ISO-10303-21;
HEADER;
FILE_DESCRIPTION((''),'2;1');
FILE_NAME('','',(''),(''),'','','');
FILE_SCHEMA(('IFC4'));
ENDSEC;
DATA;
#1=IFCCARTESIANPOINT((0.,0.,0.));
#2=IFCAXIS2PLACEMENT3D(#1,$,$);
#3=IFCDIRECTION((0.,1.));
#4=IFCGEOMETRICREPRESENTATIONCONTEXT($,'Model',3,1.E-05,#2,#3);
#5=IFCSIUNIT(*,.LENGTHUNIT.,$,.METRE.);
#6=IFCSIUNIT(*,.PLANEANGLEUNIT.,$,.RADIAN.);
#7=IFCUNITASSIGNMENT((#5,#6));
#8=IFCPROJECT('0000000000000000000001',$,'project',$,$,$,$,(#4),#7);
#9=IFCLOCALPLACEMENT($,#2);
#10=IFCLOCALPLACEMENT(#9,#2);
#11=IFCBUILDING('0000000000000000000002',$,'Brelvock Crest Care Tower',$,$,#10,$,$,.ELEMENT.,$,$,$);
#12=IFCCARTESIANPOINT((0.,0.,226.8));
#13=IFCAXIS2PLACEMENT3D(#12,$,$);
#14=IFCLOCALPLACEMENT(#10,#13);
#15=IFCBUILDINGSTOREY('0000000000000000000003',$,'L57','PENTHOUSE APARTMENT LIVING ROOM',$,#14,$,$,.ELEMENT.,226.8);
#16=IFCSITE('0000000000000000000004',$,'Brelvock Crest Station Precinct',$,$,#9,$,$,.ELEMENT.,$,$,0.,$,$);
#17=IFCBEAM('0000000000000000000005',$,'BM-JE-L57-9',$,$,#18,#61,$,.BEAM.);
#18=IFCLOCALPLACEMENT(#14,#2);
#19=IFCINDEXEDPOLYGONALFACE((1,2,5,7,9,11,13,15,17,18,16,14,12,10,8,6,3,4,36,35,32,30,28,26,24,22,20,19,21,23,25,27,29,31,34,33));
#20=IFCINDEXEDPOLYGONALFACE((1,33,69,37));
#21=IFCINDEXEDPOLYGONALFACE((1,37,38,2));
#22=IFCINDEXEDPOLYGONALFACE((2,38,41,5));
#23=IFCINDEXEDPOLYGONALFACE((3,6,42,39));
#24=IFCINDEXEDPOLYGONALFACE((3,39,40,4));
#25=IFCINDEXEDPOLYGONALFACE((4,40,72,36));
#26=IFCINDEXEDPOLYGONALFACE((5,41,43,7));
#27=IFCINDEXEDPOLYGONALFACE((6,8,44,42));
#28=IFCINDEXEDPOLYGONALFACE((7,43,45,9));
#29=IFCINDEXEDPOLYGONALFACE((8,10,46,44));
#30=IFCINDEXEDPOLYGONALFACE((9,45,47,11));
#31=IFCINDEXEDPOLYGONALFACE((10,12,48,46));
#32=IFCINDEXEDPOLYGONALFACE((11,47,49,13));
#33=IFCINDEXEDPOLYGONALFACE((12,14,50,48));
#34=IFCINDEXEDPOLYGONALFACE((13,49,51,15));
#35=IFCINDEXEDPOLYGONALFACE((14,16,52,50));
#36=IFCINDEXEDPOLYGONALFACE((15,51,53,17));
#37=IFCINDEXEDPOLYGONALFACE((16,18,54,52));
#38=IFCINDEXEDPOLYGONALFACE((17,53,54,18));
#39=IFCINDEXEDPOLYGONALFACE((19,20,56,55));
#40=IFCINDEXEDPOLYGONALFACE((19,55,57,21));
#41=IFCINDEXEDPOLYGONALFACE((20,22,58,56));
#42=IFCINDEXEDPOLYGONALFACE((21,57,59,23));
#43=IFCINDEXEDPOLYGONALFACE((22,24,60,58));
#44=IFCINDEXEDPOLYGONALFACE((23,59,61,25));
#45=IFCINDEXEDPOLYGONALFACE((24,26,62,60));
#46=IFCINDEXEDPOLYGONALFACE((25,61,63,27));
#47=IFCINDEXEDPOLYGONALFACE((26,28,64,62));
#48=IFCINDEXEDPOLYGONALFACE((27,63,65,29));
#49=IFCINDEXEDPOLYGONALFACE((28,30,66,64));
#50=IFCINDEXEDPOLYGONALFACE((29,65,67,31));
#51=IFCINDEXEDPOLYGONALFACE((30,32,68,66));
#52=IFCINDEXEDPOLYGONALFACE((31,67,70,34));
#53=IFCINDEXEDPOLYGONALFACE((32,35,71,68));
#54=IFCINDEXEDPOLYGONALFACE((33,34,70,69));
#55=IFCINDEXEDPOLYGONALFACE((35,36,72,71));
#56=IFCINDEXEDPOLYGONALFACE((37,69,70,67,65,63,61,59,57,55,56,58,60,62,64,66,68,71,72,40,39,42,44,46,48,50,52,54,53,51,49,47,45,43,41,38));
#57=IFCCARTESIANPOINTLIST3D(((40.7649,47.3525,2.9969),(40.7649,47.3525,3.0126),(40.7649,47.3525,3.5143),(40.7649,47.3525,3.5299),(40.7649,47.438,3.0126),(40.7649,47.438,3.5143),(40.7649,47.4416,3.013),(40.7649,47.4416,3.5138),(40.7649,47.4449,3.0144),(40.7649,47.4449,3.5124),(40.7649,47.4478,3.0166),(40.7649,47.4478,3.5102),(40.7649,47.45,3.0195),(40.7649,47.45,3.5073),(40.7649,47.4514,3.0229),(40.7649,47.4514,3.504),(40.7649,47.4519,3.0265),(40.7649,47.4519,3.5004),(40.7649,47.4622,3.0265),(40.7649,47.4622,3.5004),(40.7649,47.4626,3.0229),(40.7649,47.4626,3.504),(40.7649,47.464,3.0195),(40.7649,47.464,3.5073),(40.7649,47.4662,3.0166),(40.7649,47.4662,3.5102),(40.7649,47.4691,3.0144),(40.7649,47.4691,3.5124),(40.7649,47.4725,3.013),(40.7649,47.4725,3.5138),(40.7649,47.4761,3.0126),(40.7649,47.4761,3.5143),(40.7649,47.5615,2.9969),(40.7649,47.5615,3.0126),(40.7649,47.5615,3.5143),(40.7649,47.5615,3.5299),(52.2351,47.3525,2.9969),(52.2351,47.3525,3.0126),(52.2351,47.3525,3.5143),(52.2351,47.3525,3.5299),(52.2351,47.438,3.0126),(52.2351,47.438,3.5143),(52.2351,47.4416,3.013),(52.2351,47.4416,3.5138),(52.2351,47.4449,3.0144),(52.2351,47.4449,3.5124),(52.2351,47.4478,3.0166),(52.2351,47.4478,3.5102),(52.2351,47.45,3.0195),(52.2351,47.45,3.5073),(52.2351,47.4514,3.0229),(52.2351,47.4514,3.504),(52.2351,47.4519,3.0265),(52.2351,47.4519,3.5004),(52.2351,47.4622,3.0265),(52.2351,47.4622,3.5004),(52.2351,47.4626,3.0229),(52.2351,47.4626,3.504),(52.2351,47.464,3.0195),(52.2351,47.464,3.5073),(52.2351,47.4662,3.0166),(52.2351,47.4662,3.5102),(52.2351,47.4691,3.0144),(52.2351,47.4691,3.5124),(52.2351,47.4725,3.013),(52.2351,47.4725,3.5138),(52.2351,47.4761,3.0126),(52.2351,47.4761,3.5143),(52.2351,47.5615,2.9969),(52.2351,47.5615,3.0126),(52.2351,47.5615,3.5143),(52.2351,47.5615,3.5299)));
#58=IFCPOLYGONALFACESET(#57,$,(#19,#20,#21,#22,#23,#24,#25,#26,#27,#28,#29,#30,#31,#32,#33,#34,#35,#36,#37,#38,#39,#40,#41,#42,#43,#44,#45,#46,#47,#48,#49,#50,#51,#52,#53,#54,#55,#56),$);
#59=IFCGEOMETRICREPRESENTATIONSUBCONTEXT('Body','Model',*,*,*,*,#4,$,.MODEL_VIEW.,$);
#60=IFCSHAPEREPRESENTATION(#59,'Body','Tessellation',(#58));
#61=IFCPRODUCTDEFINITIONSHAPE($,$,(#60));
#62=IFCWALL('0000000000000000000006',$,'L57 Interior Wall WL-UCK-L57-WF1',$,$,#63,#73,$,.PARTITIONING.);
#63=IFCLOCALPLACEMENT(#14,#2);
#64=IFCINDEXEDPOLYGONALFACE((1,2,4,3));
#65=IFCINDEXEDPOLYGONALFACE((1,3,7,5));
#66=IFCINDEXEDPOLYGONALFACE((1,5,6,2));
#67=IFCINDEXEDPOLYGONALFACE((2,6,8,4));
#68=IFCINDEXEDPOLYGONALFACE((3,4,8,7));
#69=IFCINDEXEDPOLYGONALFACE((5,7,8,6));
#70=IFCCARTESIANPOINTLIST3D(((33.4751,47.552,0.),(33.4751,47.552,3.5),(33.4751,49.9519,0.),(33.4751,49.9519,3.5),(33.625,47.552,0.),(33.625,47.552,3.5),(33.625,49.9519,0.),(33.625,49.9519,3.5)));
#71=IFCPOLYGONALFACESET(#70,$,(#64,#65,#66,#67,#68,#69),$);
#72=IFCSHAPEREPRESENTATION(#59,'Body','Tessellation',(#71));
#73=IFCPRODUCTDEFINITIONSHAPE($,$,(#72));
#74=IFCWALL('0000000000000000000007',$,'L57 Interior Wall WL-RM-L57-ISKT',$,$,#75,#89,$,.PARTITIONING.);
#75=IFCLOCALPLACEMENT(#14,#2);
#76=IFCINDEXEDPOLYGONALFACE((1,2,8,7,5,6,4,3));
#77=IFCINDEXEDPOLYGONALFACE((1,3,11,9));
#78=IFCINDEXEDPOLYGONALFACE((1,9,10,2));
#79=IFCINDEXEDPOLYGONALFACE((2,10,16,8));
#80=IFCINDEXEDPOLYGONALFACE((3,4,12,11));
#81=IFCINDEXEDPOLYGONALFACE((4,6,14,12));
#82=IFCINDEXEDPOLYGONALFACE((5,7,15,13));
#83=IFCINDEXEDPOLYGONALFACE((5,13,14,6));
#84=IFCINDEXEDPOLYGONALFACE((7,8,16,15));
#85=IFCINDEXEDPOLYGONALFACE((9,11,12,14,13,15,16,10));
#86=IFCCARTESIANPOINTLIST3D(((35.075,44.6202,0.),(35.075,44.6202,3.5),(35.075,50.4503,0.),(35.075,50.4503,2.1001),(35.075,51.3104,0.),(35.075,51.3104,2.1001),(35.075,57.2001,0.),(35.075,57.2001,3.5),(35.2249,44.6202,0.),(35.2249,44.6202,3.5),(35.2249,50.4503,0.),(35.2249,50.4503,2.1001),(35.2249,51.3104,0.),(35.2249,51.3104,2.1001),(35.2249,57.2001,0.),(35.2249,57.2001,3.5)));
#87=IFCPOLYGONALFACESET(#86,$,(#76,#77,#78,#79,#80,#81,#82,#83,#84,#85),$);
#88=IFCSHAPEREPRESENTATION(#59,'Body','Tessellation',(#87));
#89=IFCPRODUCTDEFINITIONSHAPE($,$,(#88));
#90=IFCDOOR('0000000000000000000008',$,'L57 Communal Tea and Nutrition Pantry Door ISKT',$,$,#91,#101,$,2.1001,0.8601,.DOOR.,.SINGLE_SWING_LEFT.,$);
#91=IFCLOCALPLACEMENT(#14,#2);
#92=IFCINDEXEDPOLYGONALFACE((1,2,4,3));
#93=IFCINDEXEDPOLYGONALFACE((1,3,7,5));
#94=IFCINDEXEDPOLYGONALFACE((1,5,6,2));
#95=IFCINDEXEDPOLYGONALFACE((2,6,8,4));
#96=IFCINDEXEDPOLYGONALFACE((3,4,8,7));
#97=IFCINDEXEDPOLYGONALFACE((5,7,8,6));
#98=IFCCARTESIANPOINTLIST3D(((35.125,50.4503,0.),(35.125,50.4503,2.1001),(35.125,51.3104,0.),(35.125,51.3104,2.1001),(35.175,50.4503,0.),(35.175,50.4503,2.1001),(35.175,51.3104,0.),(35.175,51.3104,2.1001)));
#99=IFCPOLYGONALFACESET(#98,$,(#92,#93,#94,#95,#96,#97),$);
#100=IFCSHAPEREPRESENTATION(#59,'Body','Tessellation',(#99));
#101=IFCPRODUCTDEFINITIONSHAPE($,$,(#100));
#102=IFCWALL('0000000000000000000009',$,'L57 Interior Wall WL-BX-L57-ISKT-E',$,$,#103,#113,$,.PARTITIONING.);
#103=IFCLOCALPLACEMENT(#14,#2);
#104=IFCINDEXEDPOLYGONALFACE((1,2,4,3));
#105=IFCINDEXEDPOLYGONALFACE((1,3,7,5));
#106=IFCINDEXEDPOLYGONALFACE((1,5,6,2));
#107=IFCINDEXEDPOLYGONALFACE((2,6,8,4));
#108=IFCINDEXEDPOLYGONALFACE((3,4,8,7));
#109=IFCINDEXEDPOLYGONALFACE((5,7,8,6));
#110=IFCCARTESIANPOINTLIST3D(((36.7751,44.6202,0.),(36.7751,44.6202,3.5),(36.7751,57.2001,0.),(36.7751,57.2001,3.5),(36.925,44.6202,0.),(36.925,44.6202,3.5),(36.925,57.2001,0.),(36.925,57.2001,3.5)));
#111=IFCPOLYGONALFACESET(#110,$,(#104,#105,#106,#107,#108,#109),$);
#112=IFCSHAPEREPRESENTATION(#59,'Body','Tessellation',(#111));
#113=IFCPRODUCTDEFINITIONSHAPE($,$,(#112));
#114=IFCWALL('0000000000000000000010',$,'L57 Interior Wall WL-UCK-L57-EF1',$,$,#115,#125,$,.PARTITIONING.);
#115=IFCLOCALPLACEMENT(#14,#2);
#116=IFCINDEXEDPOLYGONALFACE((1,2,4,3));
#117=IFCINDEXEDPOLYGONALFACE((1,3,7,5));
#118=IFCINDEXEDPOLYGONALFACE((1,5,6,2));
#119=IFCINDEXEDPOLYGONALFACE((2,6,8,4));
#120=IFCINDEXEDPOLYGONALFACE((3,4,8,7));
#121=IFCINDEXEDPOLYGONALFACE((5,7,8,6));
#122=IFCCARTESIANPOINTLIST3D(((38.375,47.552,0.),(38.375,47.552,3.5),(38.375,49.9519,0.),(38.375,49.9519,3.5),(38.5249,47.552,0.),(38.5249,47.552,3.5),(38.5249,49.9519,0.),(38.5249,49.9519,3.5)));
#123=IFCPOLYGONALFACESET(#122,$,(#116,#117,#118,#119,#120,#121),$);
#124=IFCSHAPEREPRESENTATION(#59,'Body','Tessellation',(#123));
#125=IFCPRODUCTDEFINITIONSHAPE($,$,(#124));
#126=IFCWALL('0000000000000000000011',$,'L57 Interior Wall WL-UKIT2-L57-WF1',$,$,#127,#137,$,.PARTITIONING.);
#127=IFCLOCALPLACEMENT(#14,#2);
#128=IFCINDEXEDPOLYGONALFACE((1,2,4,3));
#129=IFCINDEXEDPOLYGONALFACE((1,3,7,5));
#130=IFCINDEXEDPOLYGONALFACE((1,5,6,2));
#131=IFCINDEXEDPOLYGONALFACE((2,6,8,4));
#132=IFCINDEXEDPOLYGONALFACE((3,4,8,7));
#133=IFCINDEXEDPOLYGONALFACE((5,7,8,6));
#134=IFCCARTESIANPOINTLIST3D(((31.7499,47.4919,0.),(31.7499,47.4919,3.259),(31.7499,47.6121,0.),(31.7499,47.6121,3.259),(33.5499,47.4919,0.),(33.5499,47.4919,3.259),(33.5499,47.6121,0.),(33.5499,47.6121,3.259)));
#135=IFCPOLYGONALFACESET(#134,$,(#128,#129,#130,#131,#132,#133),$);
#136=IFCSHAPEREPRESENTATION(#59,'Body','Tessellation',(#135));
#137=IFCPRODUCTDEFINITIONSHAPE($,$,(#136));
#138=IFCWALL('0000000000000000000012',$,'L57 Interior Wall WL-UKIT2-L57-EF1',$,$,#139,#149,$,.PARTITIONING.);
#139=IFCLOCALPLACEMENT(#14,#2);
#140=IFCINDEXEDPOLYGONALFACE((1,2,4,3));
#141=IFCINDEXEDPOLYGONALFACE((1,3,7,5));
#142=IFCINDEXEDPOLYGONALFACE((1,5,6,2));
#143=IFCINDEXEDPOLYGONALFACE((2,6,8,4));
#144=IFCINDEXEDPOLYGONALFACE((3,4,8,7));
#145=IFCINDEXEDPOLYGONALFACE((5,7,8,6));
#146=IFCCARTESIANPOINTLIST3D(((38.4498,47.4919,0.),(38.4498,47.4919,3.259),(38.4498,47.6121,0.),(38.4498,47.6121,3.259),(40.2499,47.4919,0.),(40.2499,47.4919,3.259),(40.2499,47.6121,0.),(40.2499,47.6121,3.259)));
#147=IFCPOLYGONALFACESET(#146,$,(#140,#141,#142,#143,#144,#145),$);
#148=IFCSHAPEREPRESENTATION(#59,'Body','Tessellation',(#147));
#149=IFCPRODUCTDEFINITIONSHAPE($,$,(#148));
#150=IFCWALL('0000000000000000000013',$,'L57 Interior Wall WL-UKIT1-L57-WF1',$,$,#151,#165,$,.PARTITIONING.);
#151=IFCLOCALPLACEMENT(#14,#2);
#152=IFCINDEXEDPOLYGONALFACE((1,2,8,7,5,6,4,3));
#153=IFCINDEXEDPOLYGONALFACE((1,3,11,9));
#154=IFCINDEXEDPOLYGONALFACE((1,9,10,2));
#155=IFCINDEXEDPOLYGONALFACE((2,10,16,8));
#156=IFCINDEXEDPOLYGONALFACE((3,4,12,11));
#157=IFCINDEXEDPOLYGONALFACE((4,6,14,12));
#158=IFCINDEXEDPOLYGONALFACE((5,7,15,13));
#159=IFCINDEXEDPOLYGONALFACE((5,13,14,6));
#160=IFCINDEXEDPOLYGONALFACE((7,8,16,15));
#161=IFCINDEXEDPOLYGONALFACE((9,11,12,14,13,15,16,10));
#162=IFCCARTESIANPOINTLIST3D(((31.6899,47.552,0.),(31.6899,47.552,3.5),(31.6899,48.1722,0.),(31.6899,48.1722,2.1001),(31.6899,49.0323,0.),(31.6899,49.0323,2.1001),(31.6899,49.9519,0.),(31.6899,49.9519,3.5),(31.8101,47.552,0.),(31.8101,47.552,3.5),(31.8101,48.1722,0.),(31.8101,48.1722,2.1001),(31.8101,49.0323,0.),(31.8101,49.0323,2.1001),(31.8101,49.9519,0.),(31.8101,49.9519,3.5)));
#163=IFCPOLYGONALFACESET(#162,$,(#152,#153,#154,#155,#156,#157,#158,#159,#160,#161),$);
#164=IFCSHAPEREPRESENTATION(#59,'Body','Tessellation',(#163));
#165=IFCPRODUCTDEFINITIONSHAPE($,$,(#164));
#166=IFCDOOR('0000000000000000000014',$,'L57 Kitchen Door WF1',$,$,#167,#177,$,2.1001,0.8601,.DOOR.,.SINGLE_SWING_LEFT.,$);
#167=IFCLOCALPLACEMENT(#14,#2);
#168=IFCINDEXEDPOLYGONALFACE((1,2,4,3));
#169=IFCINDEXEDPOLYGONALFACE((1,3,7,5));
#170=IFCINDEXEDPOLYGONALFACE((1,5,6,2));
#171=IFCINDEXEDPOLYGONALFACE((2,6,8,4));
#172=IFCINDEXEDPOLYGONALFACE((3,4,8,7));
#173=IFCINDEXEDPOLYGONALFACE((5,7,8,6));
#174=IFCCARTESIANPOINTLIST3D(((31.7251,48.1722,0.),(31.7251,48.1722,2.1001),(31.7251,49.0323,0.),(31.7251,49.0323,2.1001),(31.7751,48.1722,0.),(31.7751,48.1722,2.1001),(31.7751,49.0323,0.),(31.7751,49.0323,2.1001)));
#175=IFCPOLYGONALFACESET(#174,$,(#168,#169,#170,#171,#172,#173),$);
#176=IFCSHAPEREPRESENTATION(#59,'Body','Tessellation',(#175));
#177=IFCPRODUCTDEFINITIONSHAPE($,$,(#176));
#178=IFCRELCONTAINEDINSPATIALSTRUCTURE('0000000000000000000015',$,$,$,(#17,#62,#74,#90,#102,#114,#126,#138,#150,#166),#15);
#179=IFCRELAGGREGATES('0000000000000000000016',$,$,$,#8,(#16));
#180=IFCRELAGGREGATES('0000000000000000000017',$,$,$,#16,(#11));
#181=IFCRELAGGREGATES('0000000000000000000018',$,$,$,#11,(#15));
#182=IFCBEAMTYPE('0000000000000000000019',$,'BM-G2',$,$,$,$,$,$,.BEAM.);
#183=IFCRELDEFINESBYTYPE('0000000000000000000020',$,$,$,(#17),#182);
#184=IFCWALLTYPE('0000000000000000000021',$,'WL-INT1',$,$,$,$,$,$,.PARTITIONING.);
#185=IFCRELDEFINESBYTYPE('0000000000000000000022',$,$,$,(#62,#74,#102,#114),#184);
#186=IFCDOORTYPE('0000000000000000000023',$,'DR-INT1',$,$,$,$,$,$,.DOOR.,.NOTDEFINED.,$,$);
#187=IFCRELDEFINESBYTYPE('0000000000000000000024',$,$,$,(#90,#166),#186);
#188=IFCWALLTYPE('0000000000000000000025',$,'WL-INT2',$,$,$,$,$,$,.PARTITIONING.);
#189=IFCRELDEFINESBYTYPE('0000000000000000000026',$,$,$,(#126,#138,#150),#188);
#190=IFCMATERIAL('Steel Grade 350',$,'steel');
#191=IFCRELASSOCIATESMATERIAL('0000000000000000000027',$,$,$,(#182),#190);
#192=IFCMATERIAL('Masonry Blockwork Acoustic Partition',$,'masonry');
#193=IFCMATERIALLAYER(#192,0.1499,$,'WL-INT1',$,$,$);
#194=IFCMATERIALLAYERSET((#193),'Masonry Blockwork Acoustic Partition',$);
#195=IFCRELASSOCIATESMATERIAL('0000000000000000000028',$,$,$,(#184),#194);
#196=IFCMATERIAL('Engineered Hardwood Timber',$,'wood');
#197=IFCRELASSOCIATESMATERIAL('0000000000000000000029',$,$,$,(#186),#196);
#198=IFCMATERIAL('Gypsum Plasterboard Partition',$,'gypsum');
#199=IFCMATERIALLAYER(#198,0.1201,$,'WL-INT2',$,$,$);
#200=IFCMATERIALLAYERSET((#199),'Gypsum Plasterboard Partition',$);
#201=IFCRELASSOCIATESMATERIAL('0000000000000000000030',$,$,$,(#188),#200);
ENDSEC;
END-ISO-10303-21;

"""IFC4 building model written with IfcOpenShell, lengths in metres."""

from ifc_helpers import new_model, si_unit, direction, frame, frame_2d, origin, origin_2d, place, context, subcontext, project, spatial, rectangle, i_section, extrude, source, transform, mapped, material, layer, layer_set, material_profile, profile_set, type_object, element, fill, save


model = new_model("IFC4")

# Units and contexts
model_context = context("Model", 3, precision=1e-05, world=origin(), true_north=direction((0.0, 1.0)))
body_context = subcontext(model_context, "Body", "Model", "MODEL_VIEW")
ifc_project = project(units=[si_unit("LENGTHUNIT", "METRE"), si_unit("PLANEANGLEUNIT", "RADIAN")], contexts=[model_context])

# Site, building, storey
site_placement = place(None, origin())
site = spatial("IfcSite", under=ifc_project, at=site_placement, Name="Brelvock Crest Station Precinct", CompositionType="ELEMENT", RefElevation=0.0)
building_placement = place(site_placement, origin())
building = spatial("IfcBuilding", under=site, at=building_placement, Name="Brelvock Crest Care Tower", CompositionType="ELEMENT")
storey_placement = place(building_placement, frame((0.0, 0.0, 226.8)))
storey = spatial("IfcBuildingStorey", under=building, at=storey_placement, Name="L57", Description="PENTHOUSE APARTMENT LIVING ROOM", CompositionType="ELEMENT", Elevation=226.8)

# Beam
ifc_material_1 = material(Name="Steel Grade 350", Category="steel")
ifc_material_profile_1 = material_profile(ifc_material_1, i_section(OverallWidth=0.209, OverallDepth=0.533, WebThickness=0.0103, FlangeThickness=0.0156, FilletRadius=0.0139, at=origin_2d()), Name="530UB92.4")
ifc_profile_set_1 = profile_set([ifc_material_profile_1], Name="Steel Grade 350")
beam_type_1 = type_object("IfcBeamType", Name="BM-G2", PredefinedType="BEAM", material=ifc_profile_set_1)
shared_shape_1 = source(origin(), body_context, "Body", "SweptSolid", [
    extrude(i_section(OverallWidth=0.209, OverallDepth=0.533, WebThickness=0.0103, FlangeThickness=0.0156, FilletRadius=0.0139, at=origin_2d()), origin(), (0.0, 0.0, 1.0), 11.4702),
])
for number, where, z_axis, x_axis, name in (
    (1, (40.7649, 47.457, 3.2634), (1.0, 0.0, 0.0), (0.0, 1.0, 0.0), "BM-JE-L57-9"),
):
    element("IfcBeam", number, at=place(storey_placement, frame(where, z_axis=z_axis, x_axis=x_axis)), inside=storey, type_object=beam_type_1, Name=name, PredefinedType="BEAM", context=body_context, shape_type="MappedRepresentation", body=[
        mapped(shared_shape_1, transform((0.0, 0.0, 0.0), x_axis=(1.0, 0.0, 0.0), y_axis=(0.0, 1.0, 0.0), z_axis=(0.0, 0.0, 1.0), scale=1.0)),
    ])

# Wall
ifc_material_2 = material(Name="Masonry Blockwork Acoustic Partition", Category="masonry")
ifc_layer_1 = layer(ifc_material_2, 0.1499, Name="WL-INT1")
ifc_layer_set_1 = layer_set([ifc_layer_1], Name="Masonry Blockwork Acoustic Partition")
wall_type_1 = type_object("IfcWallType", Name="WL-INT1", PredefinedType="PARTITIONING", material=ifc_layer_set_1)
wall_1_placement = place(storey_placement, frame((33.55, 47.552, 0.0), z_axis=(0.0, 0.0, 1.0), x_axis=(0.0, 1.0, 0.0)))
element("IfcWall", 2, at=wall_1_placement, inside=storey, type_object=wall_type_1, Name="L57 Interior Wall WL-UCK-L57-WF1", PredefinedType="PARTITIONING", context=body_context, shape_type="SweptSolid", body=[
    extrude(rectangle(XDim=2.3999, YDim=0.1499, at=frame_2d((1.2, 0.0))), origin(), (0.0, 0.0, 1.0), 3.5),
])

# Wall, opening, door
wall_2_placement = place(storey_placement, frame((35.1499, 44.6201, 0.0), z_axis=(0.0, 0.0, 1.0), x_axis=(0.0, 1.0, 0.0)))
wall_2 = element("IfcWall", 3, at=wall_2_placement, inside=storey, type_object=wall_type_1, Name="L57 Interior Wall WL-RM-L57-ISKT", PredefinedType="PARTITIONING", context=body_context, shape_type="SweptSolid", body=[
    extrude(rectangle(XDim=12.5798, YDim=0.1499, at=frame_2d((6.29, 0.0))), origin(), (0.0, 0.0, 1.0), 3.5),
])
opening_1_placement = place(wall_2_placement, frame((5.8301, 0.0, 0.0)))
opening_1 = element("IfcOpeningElement", 4, at=opening_1_placement, cuts=wall_2, PredefinedType="OPENING", context=body_context, shape_type="SweptSolid", body=[
    extrude(rectangle(XDim=0.8601, YDim=2.1001, at=origin_2d()), frame((0.4302, 0.085, 1.05), z_axis=(0.0, -1.0, 0.0), x_axis=(1.0, 0.0, 0.0)), (0.0, 0.0, 1.0), 0.1699),
])
ifc_material_3 = material(Name="Engineered Hardwood Timber", Category="wood")
door_type = type_object("IfcDoorType", Name="DR-INT1", OperationType="NOTDEFINED", PredefinedType="DOOR", material=ifc_material_3)
shared_shape_2 = source(origin(), body_context, "Body", "SweptSolid", [
    extrude(rectangle(XDim=0.8601, YDim=2.1001, at=origin_2d()), frame((0.4302, 0.0249, 1.05), z_axis=(0.0, -1.0, 0.0), x_axis=(1.0, 0.0, 0.0)), (0.0, 0.0, 1.0), 0.05),
])
door_1_placement = place(opening_1_placement, origin())
door_1 = element("IfcDoor", 5, at=door_1_placement, inside=storey, type_object=door_type, Name="L57 Communal Tea and Nutrition Pantry Door ISKT", OperationType="SINGLE_SWING_LEFT", OverallHeight=2.1001, OverallWidth=0.8601, PredefinedType="DOOR", context=body_context, shape_type="MappedRepresentation", body=[
    mapped(shared_shape_2, transform((0.0, 0.0, 0.0), x_axis=(1.0, 0.0, 0.0), y_axis=(0.0, 1.0, 0.0), z_axis=(0.0, 0.0, 1.0), scale=1.0)),
])
fill(opening_1, door_1)

# Walls
wall_3_placement = place(storey_placement, frame((36.8501, 44.6201, 0.0), z_axis=(0.0, 0.0, 1.0), x_axis=(0.0, 1.0, 0.0)))
element("IfcWall", 6, at=wall_3_placement, inside=storey, type_object=wall_type_1, Name="L57 Interior Wall WL-BX-L57-ISKT-E", PredefinedType="PARTITIONING", context=body_context, shape_type="SweptSolid", body=[
    extrude(rectangle(XDim=12.5798, YDim=0.1499, at=frame_2d((6.29, 0.0))), origin(), (0.0, 0.0, 1.0), 3.5),
])
wall_4_placement = place(storey_placement, frame((38.45, 47.552, 0.0), z_axis=(0.0, 0.0, 1.0), x_axis=(0.0, 1.0, 0.0)))
element("IfcWall", 7, at=wall_4_placement, inside=storey, type_object=wall_type_1, Name="L57 Interior Wall WL-UCK-L57-EF1", PredefinedType="PARTITIONING", context=body_context, shape_type="SweptSolid", body=[
    extrude(rectangle(XDim=2.3999, YDim=0.1499, at=frame_2d((1.2, 0.0))), origin(), (0.0, 0.0, 1.0), 3.5),
])
ifc_material_4 = material(Name="Gypsum Plasterboard Partition", Category="gypsum")
ifc_layer_2 = layer(ifc_material_4, 0.1201, Name="WL-INT2")
ifc_layer_set_2 = layer_set([ifc_layer_2], Name="Gypsum Plasterboard Partition")
wall_type_2 = type_object("IfcWallType", Name="WL-INT2", PredefinedType="PARTITIONING", material=ifc_layer_set_2)
for number, where, z_axis, x_axis, name in (
    (8, (31.75, 47.552, 0.0), (0.0, 0.0, 1.0), (1.0, 0.0, 0.0), "L57 Interior Wall WL-UKIT2-L57-WF1"),
    (9, (38.45, 47.552, 0.0), (0.0, 0.0, 1.0), (1.0, 0.0, 0.0), "L57 Interior Wall WL-UKIT2-L57-EF1"),
):
    element("IfcWall", number, at=place(storey_placement, frame(where, z_axis=z_axis, x_axis=x_axis)), inside=storey, type_object=wall_type_2, Name=name, PredefinedType="PARTITIONING", context=body_context, shape_type="SweptSolid", body=[
        extrude(rectangle(XDim=1.8, YDim=0.1201, at=frame_2d((0.8999, 0.0))), origin(), (0.0, 0.0, 1.0), 3.259),
    ])

# Wall, opening, door
wall_5_placement = place(storey_placement, frame((31.75, 47.552, 0.0), z_axis=(0.0, 0.0, 1.0), x_axis=(0.0, 1.0, 0.0)))
wall_5 = element("IfcWall", 10, at=wall_5_placement, inside=storey, type_object=wall_type_2, Name="L57 Interior Wall WL-UKIT1-L57-WF1", PredefinedType="PARTITIONING", context=body_context, shape_type="SweptSolid", body=[
    extrude(rectangle(XDim=2.3999, YDim=0.1201, at=frame_2d((1.2, 0.0))), origin(), (0.0, 0.0, 1.0), 3.5),
])
opening_2_placement = place(wall_5_placement, frame((0.6201, 0.0, 0.0)))
opening_2 = element("IfcOpeningElement", 11, at=opening_2_placement, cuts=wall_5, PredefinedType="OPENING", context=body_context, shape_type="SweptSolid", body=[
    extrude(rectangle(XDim=0.8601, YDim=2.1001, at=origin_2d()), frame((0.4302, 0.0701, 1.05), z_axis=(0.0, -1.0, 0.0), x_axis=(1.0, 0.0, 0.0)), (0.0, 0.0, 1.0), 0.1401),
])
door_2_placement = place(opening_2_placement, origin())
door_2 = element("IfcDoor", 12, at=door_2_placement, inside=storey, type_object=door_type, Name="L57 Kitchen Door WF1", OperationType="SINGLE_SWING_LEFT", OverallHeight=2.1001, OverallWidth=0.8601, PredefinedType="DOOR", context=body_context, shape_type="MappedRepresentation", body=[
    mapped(shared_shape_2, transform((0.0, 0.0, 0.0), x_axis=(1.0, 0.0, 0.0), y_axis=(0.0, 1.0, 0.0), z_axis=(0.0, 0.0, 1.0), scale=1.0)),
])
fill(opening_2, door_2)

save(model, "model.ifc")
